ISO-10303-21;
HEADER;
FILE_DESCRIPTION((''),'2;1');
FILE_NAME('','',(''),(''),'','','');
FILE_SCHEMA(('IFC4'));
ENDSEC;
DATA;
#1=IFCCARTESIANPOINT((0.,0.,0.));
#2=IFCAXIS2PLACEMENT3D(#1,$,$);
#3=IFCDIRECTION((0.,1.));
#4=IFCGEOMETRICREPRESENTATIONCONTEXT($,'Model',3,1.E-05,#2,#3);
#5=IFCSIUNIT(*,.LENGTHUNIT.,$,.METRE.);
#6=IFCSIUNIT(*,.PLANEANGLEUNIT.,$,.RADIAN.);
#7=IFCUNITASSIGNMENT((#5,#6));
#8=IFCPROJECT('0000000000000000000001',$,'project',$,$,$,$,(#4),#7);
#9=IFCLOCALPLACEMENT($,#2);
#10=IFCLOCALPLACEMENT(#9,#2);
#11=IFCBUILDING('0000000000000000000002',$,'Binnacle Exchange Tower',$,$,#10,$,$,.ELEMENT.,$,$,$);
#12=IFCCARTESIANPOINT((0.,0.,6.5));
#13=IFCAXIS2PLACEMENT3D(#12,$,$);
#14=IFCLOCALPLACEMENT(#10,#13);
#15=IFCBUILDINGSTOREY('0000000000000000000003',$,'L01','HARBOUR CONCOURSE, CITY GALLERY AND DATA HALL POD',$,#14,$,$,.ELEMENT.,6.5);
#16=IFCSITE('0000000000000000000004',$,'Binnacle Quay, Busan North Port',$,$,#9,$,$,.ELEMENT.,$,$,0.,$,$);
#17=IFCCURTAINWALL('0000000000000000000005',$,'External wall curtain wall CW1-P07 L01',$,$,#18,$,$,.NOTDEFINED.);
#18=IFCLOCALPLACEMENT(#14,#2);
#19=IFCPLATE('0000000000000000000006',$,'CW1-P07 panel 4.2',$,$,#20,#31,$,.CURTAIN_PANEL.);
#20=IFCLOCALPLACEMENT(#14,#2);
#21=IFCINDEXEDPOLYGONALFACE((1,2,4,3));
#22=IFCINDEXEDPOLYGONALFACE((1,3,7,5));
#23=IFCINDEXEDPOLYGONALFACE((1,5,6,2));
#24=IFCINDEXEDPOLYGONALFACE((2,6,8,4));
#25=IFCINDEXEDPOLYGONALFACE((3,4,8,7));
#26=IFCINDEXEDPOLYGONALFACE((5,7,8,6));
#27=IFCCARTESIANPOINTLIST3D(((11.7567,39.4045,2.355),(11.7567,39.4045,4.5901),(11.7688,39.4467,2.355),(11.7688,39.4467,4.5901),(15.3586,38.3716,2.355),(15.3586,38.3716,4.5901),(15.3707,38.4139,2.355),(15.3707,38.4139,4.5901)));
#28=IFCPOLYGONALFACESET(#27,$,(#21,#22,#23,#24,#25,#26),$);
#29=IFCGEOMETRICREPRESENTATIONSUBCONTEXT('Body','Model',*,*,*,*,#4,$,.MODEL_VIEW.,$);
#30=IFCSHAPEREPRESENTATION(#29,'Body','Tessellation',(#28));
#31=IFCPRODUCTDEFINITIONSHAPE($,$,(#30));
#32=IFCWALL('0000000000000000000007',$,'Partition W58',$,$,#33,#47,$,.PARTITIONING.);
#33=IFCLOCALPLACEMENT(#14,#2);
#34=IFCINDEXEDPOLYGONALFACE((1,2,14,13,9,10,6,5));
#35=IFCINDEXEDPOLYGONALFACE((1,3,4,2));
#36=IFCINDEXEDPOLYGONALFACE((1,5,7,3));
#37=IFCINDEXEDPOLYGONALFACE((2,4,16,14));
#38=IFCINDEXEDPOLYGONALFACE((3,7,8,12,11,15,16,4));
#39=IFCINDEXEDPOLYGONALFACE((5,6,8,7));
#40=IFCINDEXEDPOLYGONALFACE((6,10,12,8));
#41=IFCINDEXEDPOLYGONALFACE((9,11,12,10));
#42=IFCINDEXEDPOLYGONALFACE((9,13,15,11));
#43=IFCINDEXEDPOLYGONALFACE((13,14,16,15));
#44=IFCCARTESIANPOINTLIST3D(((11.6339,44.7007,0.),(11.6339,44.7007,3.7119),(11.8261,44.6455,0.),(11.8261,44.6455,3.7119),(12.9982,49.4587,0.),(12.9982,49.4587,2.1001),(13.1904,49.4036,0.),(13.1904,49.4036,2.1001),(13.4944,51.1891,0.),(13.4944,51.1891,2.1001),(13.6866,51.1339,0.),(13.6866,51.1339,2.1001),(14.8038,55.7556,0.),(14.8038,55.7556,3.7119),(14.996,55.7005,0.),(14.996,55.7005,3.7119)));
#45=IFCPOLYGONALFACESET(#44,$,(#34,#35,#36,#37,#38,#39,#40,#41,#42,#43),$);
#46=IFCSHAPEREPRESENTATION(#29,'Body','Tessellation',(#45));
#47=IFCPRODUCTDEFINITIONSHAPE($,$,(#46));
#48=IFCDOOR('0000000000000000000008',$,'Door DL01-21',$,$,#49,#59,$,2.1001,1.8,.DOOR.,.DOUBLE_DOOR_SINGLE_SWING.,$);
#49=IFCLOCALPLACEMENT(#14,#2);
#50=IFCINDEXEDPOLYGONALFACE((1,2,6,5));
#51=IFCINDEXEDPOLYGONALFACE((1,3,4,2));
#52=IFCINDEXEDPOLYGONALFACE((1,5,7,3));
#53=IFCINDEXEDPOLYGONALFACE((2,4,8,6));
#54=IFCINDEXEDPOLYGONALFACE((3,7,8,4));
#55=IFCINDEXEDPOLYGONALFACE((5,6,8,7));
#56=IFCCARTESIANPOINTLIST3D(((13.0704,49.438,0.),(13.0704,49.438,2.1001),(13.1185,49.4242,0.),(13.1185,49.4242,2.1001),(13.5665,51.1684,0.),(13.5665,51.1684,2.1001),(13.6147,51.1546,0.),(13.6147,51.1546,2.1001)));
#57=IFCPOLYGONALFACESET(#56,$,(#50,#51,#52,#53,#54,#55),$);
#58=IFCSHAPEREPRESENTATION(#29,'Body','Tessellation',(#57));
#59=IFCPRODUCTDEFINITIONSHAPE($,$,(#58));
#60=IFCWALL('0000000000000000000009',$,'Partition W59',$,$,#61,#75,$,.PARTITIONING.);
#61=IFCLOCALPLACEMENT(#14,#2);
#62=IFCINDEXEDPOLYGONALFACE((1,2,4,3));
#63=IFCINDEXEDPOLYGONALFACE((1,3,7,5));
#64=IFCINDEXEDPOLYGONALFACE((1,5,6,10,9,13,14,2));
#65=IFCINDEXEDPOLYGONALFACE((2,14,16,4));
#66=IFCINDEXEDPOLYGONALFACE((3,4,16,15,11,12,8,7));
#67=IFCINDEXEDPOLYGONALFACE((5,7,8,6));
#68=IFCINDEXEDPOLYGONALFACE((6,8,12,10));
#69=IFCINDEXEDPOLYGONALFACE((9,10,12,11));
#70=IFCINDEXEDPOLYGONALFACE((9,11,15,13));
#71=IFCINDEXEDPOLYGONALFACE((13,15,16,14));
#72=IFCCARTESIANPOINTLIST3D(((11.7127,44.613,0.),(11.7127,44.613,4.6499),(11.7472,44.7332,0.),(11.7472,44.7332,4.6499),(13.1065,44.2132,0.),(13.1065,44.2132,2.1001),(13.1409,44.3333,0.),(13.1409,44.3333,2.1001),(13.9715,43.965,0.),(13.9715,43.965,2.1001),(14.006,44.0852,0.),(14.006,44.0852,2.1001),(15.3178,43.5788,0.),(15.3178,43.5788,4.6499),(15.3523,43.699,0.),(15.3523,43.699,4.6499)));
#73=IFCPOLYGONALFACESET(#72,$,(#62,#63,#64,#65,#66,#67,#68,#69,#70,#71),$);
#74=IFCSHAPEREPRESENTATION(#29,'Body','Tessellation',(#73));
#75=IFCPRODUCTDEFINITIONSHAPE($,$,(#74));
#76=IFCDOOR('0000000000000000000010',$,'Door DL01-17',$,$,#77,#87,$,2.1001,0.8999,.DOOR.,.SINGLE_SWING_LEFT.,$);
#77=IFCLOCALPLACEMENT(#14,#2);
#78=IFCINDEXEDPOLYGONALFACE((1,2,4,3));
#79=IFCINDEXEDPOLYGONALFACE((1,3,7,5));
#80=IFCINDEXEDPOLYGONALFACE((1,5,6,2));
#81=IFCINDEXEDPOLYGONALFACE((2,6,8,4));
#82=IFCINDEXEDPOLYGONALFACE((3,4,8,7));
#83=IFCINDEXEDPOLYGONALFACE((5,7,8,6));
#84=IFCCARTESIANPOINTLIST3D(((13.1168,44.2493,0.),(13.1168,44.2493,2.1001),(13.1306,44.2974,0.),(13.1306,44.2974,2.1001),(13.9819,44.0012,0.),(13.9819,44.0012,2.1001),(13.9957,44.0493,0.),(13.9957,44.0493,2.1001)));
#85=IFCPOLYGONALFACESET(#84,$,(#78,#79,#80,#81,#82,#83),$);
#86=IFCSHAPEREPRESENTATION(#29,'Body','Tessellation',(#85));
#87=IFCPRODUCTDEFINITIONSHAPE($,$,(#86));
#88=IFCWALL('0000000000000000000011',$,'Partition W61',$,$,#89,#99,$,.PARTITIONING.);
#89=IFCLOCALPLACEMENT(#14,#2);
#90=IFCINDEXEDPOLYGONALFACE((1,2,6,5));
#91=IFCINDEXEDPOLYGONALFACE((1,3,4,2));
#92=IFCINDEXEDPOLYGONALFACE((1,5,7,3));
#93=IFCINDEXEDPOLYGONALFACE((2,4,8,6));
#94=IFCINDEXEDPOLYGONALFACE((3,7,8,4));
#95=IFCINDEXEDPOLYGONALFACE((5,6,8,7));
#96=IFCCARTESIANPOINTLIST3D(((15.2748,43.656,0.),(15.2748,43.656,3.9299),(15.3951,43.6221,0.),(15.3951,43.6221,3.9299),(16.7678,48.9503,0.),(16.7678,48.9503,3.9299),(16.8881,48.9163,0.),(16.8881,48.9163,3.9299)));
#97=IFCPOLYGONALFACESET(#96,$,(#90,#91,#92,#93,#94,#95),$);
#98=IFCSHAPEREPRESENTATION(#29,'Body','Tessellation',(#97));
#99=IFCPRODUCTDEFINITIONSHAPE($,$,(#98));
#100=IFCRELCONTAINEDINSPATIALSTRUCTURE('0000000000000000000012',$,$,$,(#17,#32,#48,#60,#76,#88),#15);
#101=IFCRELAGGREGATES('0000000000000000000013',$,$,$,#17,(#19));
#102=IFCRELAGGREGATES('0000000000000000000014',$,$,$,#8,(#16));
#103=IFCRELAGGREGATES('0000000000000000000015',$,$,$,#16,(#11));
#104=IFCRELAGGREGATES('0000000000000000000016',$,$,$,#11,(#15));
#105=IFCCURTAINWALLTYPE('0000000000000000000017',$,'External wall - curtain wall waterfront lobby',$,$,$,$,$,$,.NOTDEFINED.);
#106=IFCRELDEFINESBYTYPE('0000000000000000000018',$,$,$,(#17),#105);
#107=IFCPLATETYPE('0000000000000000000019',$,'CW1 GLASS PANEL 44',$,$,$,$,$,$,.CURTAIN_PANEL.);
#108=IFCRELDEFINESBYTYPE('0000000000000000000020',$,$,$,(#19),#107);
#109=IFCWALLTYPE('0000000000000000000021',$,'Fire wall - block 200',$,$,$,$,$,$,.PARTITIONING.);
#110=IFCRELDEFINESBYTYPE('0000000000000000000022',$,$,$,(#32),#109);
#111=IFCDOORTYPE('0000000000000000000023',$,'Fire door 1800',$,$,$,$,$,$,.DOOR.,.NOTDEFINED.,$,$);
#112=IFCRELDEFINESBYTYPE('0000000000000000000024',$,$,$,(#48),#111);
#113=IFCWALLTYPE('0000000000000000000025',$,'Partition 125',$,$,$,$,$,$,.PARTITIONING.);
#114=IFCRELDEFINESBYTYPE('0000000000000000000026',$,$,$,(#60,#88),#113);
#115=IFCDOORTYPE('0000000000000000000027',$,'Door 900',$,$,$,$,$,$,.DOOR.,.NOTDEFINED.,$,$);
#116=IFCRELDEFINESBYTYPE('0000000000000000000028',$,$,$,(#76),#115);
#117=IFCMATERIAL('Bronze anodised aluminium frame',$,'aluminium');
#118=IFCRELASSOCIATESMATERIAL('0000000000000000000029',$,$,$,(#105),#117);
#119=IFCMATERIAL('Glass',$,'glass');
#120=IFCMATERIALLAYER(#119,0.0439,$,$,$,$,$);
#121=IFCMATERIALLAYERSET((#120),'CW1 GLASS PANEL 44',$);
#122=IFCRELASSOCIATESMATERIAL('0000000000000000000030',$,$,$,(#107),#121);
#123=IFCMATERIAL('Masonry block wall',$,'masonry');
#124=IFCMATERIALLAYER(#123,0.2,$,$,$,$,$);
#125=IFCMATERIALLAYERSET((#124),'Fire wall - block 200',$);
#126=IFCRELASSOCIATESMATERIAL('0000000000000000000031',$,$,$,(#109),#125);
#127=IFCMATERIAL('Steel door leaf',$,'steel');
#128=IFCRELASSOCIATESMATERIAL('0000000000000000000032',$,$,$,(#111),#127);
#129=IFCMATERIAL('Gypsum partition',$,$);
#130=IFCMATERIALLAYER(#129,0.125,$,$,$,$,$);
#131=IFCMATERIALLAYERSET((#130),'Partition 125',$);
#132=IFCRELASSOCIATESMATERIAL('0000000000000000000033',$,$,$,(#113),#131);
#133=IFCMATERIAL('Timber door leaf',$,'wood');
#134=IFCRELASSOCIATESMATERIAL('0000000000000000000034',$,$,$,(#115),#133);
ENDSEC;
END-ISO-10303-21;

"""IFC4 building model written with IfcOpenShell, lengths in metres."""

from ifc_helpers import new_model, si_unit, direction, frame, frame_2d, origin, origin_2d, place, context, subcontext, project, spatial, rectangle, extrude, material, layer, layer_set, type_object, element, fill, aggregate, save


model = new_model("IFC4")

# Units and contexts
model_context = context("Model", 3, precision=1e-05, world=origin(), true_north=direction((0.0, 1.0)))
body_context = subcontext(model_context, "Body", "Model", "MODEL_VIEW")
ifc_project = project(units=[si_unit("LENGTHUNIT", "METRE"), si_unit("PLANEANGLEUNIT", "RADIAN")], contexts=[model_context])

# Site, building, storey
site_placement = place(None, origin())
site = spatial("IfcSite", under=ifc_project, at=site_placement, Name="Binnacle Quay, Busan North Port", CompositionType="ELEMENT", RefElevation=0.0)
building_placement = place(site_placement, origin())
building = spatial("IfcBuilding", under=site, at=building_placement, Name="Binnacle Exchange Tower", CompositionType="ELEMENT")
storey_placement = place(building_placement, frame((0.0, 0.0, 6.5)))
storey = spatial("IfcBuildingStorey", under=building, at=storey_placement, Name="L01", Description="HARBOUR CONCOURSE, CITY GALLERY AND DATA HALL POD", CompositionType="ELEMENT", Elevation=6.5)

# Curtain wall
ifc_material_1 = material(Name="Bronze anodised aluminium frame", Category="aluminium")
curtain_wall_type = type_object("IfcCurtainWallType", Name="External wall - curtain wall waterfront lobby", PredefinedType="NOTDEFINED", material=ifc_material_1)
curtain_wall_placement = place(storey_placement, origin())
curtain_wall = element("IfcCurtainWall", 1, at=curtain_wall_placement, inside=storey, type_object=curtain_wall_type, Name="External wall curtain wall CW1-P07 L01", PredefinedType="NOTDEFINED")

# Plate
ifc_material_2 = material(Name="Glass", Category="glass")
ifc_layer_1 = layer(ifc_material_2, 0.0439)
ifc_layer_set_1 = layer_set([ifc_layer_1], Name="CW1 GLASS PANEL 44")
plate_type = type_object("IfcPlateType", Name="CW1 GLASS PANEL 44", PredefinedType="CURTAIN_PANEL", material=ifc_layer_set_1)
plate_1_placement = place(storey_placement, frame((13.5637, 38.9092, 2.355), z_axis=(0.0, 0.0, 1.0), x_axis=(0.961262, -0.275637, 0.0)))
plate_1 = element("IfcPlate", 2, at=plate_1_placement, type_object=plate_type, Name="CW1-P07 panel 4.2", PredefinedType="CURTAIN_PANEL", context=body_context, shape_type="SweptSolid", body=[
    extrude(rectangle(XDim=3.7471, YDim=0.0439, at=origin_2d()), origin(), (0.0, 0.0, 1.0), 2.2351),
])
aggregate(curtain_wall, [plate_1])

# Walls, openings, doors
ifc_material_3 = material(Name="Masonry block wall", Category="masonry")
ifc_layer_2 = layer(ifc_material_3, 0.2)
ifc_layer_set_2 = layer_set([ifc_layer_2], Name="Fire wall - block 200")
wall_type_1 = type_object("IfcWallType", Name="Fire wall - block 200", PredefinedType="PARTITIONING", material=ifc_layer_set_2)
wall_1_placement = place(storey_placement, frame((11.73, 44.6731, 0.0), z_axis=(0.0, 0.0, 1.0), x_axis=(0.275635, 0.961262, 0.0)))
wall_1 = element("IfcWall", 3, at=wall_1_placement, inside=storey, type_object=wall_type_1, Name="Partition W58", PredefinedType="PARTITIONING", context=body_context, shape_type="SweptSolid", body=[
    extrude(rectangle(XDim=11.5005, YDim=0.2, at=frame_2d((5.7502, 0.0))), origin(), (0.0, 0.0, 1.0), 3.7119),
])
opening_1_placement = place(wall_1_placement, frame((4.95, 0.0, 0.0)))
opening_1 = element("IfcOpeningElement", 4, at=opening_1_placement, cuts=wall_1, PredefinedType="OPENING", context=body_context, shape_type="SweptSolid", body=[
    extrude(rectangle(XDim=1.8, YDim=2.1001, at=frame_2d((0.8999, 1.05))), frame((0.0, 0.1099, 0.0), z_axis=(0.0, -1.0, 0.0), x_axis=(1.0, 0.0, 0.0)), (0.0, 0.0, 1.0), 0.22),
])
ifc_material_4 = material(Name="Steel door leaf", Category="steel")
door_type_1 = type_object("IfcDoorType", Name="Fire door 1800", OperationType="NOTDEFINED", PredefinedType="DOOR", material=ifc_material_4)
door_1_placement = place(opening_1_placement, origin())
door_1 = element("IfcDoor", 5, at=door_1_placement, inside=storey, type_object=door_type_1, Name="Door DL01-21", OperationType="DOUBLE_DOOR_SINGLE_SWING", OverallHeight=2.1001, OverallWidth=1.8, PredefinedType="DOOR", context=body_context, shape_type="SweptSolid", body=[
    extrude(rectangle(XDim=1.8, YDim=2.1001, at=frame_2d((0.8999, 1.05))), frame((0.0, 0.0249, 0.0), z_axis=(0.0, -1.0, 0.0), x_axis=(1.0, 0.0, 0.0)), (0.0, 0.0, 1.0), 0.05),
])
fill(opening_1, door_1)
ifc_material_5 = material(Name="Gypsum partition")
ifc_layer_3 = layer(ifc_material_5, 0.125)
ifc_layer_set_3 = layer_set([ifc_layer_3], Name="Partition 125")
wall_type_2 = type_object("IfcWallType", Name="Partition 125", PredefinedType="PARTITIONING", material=ifc_layer_set_3)
wall_2_placement = place(storey_placement, frame((11.73, 44.6731, 0.0), z_axis=(0.0, 0.0, 1.0), x_axis=(0.961229, -0.275753, 0.0)))
wall_2 = element("IfcWall", 6, at=wall_2_placement, inside=storey, type_object=wall_type_2, Name="Partition W59", PredefinedType="PARTITIONING", context=body_context, shape_type="SweptSolid", body=[
    extrude(rectangle(XDim=3.7505, YDim=0.125, at=frame_2d((1.8752, 0.0))), origin(), (0.0, 0.0, 1.0), 4.6499),
])
opening_2_placement = place(wall_2_placement, frame((1.45, 0.0, 0.0)))
opening_2 = element("IfcOpeningElement", 7, at=opening_2_placement, cuts=wall_2, PredefinedType="OPENING", context=body_context, shape_type="SweptSolid", body=[
    extrude(rectangle(XDim=0.8999, YDim=2.1001, at=frame_2d((0.45, 1.05))), frame((0.0, 0.0725, 0.0), z_axis=(0.0, -1.0, 0.0), x_axis=(1.0, 0.0, 0.0)), (0.0, 0.0, 1.0), 0.145),
])
ifc_material_6 = material(Name="Timber door leaf", Category="wood")
door_type_2 = type_object("IfcDoorType", Name="Door 900", OperationType="NOTDEFINED", PredefinedType="DOOR", material=ifc_material_6)
door_2_placement = place(opening_2_placement, frame((0.8999, 0.0, 0.0), z_axis=(0.0, 0.0, 1.0), x_axis=(-1.0, 0.0, 0.0)))
door_2 = element("IfcDoor", 8, at=door_2_placement, inside=storey, type_object=door_type_2, Name="Door DL01-17", OperationType="SINGLE_SWING_LEFT", OverallHeight=2.1001, OverallWidth=0.8999, PredefinedType="DOOR", context=body_context, shape_type="SweptSolid", body=[
    extrude(rectangle(XDim=0.8999, YDim=2.1001, at=frame_2d((0.45, 1.05))), frame((0.0, 0.0249, 0.0), z_axis=(0.0, -1.0, 0.0), x_axis=(1.0, 0.0, 0.0)), (0.0, 0.0, 1.0), 0.05),
])
fill(opening_2, door_2)

# Wall
wall_3_placement = place(storey_placement, frame((15.335, 43.6389, 0.0), z_axis=(0.0, 0.0, 1.0), x_axis=(0.271407, 0.962465, 0.0)))
element("IfcWall", 9, at=wall_3_placement, inside=storey, type_object=wall_type_2, Name="Partition W61", PredefinedType="PARTITIONING", context=body_context, shape_type="SweptSolid", body=[
    extrude(rectangle(XDim=5.5007, YDim=0.125, at=frame_2d((2.7505, 0.0))), origin(), (0.0, 0.0, 1.0), 3.9299),
])

save(model, "model.ifc")
